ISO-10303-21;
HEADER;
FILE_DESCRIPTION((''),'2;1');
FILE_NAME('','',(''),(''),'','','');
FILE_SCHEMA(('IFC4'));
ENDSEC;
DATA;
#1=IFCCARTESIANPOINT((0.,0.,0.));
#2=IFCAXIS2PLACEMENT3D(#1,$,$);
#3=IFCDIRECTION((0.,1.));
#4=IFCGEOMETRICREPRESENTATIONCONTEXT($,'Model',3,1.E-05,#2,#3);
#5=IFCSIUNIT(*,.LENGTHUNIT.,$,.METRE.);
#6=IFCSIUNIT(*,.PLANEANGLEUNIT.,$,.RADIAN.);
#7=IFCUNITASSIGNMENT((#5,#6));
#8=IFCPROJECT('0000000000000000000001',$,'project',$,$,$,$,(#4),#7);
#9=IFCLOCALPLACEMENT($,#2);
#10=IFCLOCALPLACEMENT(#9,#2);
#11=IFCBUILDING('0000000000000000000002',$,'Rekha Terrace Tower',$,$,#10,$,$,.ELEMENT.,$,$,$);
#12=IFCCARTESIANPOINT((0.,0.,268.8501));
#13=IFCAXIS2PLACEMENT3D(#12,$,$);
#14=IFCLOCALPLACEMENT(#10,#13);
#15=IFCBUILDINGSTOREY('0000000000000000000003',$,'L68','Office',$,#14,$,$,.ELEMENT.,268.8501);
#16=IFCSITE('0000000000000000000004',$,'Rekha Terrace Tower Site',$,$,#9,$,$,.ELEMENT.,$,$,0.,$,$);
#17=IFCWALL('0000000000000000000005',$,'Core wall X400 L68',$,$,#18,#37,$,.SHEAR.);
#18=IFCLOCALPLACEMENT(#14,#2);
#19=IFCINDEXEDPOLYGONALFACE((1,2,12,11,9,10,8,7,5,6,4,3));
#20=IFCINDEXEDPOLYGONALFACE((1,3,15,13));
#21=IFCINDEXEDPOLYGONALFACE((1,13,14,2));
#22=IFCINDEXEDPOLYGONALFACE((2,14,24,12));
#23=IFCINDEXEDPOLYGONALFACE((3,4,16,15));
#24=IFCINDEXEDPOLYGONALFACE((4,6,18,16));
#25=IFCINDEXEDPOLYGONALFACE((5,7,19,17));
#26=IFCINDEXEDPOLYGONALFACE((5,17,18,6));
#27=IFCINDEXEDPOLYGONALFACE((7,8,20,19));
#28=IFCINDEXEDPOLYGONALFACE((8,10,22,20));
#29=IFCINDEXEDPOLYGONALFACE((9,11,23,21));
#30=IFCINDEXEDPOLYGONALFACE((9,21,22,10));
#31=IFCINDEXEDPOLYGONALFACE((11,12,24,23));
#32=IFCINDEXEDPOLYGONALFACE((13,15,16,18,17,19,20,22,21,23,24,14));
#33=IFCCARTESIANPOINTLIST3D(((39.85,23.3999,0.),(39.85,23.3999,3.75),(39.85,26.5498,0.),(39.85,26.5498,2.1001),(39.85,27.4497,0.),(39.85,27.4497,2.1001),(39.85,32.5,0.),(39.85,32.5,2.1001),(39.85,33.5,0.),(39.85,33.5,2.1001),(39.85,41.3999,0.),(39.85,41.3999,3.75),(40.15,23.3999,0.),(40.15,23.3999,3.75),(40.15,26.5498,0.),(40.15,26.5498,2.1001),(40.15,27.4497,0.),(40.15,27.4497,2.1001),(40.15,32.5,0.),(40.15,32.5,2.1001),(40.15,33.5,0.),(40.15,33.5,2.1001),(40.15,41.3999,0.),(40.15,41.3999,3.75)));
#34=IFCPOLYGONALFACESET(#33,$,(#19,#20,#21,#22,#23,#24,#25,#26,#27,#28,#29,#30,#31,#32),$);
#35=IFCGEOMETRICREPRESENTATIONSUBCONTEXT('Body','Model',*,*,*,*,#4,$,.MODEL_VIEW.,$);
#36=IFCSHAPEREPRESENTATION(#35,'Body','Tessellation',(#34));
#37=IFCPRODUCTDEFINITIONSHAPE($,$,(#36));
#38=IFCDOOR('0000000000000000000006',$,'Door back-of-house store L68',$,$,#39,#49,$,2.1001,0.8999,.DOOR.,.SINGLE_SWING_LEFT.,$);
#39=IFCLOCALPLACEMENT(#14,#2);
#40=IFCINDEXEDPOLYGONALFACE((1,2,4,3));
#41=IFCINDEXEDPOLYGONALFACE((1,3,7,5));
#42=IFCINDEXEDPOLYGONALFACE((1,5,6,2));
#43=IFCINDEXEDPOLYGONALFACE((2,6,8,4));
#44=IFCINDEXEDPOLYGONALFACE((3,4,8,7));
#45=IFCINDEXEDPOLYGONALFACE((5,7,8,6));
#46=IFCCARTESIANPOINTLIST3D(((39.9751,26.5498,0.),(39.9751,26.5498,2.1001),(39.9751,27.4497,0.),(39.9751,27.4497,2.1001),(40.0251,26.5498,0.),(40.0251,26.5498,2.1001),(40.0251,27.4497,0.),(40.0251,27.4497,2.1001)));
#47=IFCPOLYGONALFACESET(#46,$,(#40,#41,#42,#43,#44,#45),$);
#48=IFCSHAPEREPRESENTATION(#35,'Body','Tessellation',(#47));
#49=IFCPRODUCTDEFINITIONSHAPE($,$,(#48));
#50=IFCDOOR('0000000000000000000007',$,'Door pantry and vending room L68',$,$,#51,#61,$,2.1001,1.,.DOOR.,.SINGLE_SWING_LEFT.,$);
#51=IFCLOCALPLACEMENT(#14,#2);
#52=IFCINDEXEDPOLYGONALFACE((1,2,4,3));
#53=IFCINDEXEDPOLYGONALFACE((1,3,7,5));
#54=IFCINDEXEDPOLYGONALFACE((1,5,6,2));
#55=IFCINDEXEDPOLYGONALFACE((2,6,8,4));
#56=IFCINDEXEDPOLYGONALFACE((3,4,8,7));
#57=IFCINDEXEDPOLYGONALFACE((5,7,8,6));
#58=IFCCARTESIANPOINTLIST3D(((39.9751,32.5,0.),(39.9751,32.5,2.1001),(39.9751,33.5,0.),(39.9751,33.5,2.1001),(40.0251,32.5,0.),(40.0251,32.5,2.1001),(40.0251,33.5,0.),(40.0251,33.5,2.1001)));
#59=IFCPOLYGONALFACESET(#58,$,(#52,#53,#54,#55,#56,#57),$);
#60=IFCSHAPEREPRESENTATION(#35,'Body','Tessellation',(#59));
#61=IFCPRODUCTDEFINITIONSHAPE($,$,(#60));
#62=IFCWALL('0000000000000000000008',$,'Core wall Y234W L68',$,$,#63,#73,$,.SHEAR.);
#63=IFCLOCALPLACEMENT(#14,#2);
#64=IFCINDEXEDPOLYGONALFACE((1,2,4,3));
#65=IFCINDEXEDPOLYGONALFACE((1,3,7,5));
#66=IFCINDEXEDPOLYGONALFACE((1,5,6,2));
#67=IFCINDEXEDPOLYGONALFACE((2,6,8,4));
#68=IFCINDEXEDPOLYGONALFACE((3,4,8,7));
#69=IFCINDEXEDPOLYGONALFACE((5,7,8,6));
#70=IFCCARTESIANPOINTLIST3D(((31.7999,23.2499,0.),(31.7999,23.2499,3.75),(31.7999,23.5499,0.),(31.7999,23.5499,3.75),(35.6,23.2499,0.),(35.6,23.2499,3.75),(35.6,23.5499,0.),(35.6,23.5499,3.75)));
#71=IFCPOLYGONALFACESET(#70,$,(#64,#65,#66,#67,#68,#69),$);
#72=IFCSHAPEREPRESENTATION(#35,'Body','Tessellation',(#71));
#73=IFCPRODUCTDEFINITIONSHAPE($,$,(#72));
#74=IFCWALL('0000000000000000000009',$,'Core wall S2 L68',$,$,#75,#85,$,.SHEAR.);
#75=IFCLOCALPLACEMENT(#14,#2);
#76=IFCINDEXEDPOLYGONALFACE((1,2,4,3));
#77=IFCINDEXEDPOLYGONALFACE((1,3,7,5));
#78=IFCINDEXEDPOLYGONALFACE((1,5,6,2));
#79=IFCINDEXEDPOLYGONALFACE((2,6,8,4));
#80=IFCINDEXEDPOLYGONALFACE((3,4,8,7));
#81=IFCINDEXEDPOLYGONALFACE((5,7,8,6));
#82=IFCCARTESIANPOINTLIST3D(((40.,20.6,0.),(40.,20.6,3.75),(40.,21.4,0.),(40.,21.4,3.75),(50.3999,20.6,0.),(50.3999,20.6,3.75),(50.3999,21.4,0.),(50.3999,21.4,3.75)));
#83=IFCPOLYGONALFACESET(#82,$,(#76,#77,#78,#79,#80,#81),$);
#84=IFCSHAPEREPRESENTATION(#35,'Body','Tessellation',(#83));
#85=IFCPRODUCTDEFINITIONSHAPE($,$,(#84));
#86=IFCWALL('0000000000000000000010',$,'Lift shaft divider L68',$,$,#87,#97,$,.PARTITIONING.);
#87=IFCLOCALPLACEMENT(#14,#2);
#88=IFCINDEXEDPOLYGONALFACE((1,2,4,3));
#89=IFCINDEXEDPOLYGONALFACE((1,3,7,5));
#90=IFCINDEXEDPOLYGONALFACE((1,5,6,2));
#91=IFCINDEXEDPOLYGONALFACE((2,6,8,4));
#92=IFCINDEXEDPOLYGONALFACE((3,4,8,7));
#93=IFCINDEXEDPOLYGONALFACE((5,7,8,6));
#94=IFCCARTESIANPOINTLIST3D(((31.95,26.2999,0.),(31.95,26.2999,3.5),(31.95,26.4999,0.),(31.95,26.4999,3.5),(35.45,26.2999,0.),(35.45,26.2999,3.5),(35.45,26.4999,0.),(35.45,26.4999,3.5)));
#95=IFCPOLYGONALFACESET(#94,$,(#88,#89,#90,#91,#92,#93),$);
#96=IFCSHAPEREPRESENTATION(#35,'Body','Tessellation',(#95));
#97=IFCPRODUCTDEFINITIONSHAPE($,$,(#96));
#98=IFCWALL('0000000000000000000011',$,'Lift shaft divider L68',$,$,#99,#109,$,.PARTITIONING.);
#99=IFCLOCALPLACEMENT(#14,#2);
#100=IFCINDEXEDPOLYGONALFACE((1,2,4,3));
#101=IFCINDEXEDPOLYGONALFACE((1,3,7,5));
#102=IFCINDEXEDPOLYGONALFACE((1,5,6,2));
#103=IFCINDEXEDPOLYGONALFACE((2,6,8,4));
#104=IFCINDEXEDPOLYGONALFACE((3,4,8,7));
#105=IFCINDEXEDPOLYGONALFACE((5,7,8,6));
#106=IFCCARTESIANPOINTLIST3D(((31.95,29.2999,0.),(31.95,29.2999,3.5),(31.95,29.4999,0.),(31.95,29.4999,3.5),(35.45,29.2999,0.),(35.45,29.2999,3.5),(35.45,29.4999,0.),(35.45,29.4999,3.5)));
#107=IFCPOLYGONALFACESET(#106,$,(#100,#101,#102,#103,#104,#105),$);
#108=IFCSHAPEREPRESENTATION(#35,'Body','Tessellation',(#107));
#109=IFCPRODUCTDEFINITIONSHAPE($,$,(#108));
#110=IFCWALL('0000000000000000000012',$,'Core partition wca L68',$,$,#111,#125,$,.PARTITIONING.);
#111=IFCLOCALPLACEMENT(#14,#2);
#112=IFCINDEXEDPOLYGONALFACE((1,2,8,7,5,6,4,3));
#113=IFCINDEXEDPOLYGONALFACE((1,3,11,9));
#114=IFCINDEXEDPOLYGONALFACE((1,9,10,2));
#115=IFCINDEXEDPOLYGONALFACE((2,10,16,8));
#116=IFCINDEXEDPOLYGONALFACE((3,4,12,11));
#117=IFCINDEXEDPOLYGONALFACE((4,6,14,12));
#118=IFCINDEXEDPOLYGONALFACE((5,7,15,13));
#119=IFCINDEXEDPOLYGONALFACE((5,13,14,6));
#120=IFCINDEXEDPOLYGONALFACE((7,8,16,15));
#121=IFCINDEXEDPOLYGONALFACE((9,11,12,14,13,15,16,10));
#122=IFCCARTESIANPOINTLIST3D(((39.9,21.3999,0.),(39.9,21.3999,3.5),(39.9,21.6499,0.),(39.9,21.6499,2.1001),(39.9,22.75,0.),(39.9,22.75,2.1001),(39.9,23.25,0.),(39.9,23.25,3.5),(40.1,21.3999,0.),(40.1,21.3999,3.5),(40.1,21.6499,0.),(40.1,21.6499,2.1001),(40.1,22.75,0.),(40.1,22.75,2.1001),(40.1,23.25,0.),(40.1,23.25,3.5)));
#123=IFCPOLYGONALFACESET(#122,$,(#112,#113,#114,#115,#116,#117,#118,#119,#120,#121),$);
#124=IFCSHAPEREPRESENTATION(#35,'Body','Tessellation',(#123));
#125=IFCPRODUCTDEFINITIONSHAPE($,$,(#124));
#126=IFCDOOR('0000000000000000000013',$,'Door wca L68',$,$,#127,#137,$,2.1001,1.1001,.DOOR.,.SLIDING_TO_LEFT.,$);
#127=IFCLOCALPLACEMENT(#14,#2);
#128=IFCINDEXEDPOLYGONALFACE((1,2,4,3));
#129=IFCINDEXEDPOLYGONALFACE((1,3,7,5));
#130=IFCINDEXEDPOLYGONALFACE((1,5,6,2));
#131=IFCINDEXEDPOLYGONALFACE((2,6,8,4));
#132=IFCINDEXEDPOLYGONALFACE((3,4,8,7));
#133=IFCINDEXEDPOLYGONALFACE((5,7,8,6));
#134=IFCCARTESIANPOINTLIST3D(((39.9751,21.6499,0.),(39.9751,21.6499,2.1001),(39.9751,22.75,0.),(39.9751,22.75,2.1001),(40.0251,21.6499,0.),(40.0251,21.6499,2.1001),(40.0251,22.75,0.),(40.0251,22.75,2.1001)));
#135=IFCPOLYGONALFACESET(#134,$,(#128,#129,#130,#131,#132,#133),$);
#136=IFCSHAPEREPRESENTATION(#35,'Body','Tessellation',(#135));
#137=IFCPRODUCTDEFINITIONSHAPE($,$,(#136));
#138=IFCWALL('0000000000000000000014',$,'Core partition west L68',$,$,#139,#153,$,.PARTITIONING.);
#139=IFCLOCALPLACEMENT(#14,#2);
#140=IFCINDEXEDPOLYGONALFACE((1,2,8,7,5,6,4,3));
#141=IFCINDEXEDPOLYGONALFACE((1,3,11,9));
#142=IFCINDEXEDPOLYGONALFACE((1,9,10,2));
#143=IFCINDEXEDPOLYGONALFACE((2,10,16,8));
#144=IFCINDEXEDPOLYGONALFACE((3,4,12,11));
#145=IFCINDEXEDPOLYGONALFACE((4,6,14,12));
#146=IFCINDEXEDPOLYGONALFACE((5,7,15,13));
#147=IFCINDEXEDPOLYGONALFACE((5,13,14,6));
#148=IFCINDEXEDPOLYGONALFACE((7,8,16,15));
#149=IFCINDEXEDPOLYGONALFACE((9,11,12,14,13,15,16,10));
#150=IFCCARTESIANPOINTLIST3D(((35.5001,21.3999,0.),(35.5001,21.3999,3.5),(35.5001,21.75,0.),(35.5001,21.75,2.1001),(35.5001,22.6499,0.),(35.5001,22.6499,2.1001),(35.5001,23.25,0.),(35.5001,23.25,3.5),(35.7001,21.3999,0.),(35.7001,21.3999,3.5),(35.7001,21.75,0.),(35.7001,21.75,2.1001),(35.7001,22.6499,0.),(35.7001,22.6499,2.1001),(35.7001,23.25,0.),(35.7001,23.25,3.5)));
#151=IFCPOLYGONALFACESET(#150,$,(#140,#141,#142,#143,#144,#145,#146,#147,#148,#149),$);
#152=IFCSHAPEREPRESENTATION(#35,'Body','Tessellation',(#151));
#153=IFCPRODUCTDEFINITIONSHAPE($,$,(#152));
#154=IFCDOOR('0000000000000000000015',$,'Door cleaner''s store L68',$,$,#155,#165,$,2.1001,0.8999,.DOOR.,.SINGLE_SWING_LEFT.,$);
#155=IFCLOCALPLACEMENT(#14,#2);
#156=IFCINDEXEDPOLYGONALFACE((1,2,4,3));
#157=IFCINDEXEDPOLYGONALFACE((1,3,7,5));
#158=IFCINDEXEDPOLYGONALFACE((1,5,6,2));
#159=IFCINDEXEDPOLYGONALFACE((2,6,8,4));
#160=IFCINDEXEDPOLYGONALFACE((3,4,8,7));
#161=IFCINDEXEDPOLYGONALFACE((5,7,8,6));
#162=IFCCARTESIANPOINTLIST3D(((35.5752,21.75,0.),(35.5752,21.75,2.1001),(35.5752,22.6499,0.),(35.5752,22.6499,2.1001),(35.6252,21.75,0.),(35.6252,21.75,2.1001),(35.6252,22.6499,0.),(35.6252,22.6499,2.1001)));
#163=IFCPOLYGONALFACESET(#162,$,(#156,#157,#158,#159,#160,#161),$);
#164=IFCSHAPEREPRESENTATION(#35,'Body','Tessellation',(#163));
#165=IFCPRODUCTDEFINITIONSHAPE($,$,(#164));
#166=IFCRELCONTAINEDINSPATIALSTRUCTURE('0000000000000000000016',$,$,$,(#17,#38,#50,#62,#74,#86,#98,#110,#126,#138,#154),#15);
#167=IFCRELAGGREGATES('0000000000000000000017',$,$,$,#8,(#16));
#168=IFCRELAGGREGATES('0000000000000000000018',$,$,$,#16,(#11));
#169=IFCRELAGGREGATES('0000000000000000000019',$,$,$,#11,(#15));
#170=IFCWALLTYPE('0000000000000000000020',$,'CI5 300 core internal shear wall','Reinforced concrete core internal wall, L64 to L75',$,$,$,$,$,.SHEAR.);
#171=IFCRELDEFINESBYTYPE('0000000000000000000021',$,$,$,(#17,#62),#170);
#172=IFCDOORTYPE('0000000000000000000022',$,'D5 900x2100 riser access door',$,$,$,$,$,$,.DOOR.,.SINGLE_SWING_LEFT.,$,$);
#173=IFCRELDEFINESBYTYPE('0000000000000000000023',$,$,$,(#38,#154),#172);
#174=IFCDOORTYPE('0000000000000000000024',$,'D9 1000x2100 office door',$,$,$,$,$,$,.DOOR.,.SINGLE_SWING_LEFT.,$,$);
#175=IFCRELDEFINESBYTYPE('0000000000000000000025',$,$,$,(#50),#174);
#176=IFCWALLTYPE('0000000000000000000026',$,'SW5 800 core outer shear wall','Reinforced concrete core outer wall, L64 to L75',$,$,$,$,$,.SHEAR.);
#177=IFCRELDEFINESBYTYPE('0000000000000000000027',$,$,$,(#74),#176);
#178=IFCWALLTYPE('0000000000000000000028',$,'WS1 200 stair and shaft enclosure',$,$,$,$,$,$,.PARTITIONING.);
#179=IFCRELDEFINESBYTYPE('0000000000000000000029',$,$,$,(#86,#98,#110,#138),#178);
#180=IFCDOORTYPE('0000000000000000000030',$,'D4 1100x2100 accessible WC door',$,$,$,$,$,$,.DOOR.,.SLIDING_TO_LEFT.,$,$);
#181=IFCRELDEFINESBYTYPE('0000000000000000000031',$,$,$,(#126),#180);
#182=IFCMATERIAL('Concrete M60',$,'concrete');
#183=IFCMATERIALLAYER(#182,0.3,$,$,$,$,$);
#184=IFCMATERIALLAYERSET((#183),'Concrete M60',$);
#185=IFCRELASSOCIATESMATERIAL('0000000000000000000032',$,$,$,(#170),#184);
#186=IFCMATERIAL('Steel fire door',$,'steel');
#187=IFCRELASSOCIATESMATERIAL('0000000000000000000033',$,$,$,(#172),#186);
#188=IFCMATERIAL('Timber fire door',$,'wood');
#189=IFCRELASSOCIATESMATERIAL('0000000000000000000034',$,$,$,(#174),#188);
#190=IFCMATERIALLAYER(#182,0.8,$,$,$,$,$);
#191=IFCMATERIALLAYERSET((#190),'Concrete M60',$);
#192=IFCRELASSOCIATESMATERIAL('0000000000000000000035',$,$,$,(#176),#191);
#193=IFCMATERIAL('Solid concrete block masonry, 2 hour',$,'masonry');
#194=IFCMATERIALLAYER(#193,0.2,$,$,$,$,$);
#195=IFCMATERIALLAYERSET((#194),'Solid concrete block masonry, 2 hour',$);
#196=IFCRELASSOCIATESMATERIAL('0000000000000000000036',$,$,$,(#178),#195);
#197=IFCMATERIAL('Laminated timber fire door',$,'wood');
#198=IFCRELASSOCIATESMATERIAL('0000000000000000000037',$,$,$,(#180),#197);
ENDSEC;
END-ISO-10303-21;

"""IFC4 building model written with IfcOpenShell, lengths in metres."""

from ifc_helpers import new_model, si_unit, direction, frame, frame_2d, origin, place, context, subcontext, project, spatial, rectangle, extrude, material, layer, layer_set, type_object, element, fill, save


model = new_model("IFC4")

# Units and contexts
model_context = context("Model", 3, precision=1e-05, world=origin(), true_north=direction((0.0, 1.0)))
body_context = subcontext(model_context, "Body", "Model", "MODEL_VIEW")
ifc_project = project(units=[si_unit("LENGTHUNIT", "METRE"), si_unit("PLANEANGLEUNIT", "RADIAN")], contexts=[model_context])

# Site, building, storey
site_placement = place(None, origin())
site = spatial("IfcSite", under=ifc_project, at=site_placement, Name="Rekha Terrace Tower Site", CompositionType="ELEMENT", RefElevation=0.0)
building_placement = place(site_placement, origin())
building = spatial("IfcBuilding", under=site, at=building_placement, Name="Rekha Terrace Tower", CompositionType="ELEMENT")
storey_placement = place(building_placement, frame((0.0, 0.0, 268.8501)))
storey = spatial("IfcBuildingStorey", under=building, at=storey_placement, Name="L68", Description="Office", CompositionType="ELEMENT", Elevation=268.8501)

# Shared definitions
ifc_material_1 = material(Name="Concrete M60", Category="concrete")

# Wall, openings, doors
ifc_layer_1 = layer(ifc_material_1, 0.3)
ifc_layer_set_1 = layer_set([ifc_layer_1], Name="Concrete M60")
wall_type_1 = type_object("IfcWallType", Name="CI5 300 core internal shear wall", Description="Reinforced concrete core internal wall, L64 to L75", PredefinedType="SHEAR", material=ifc_layer_set_1)
wall_1_placement = place(storey_placement, frame((40.0, 23.3999, 0.0), z_axis=(0.0, 0.0, 1.0), x_axis=(0.0, 1.0, 0.0)))
wall_1 = element("IfcWall", 1, at=wall_1_placement, inside=storey, type_object=wall_type_1, Name="Core wall X400 L68", PredefinedType="SHEAR", context=body_context, shape_type="SweptSolid", body=[
    extrude(rectangle(XDim=18.0, YDim=0.3, at=frame_2d((9.0, 0.0))), origin(), (0.0, 0.0, 1.0), 3.75),
])
opening_1_placement = place(wall_1_placement, frame((3.1499, 0.0, 0.0)))
opening_1 = element("IfcOpeningElement", 2, at=opening_1_placement, cuts=wall_1, PredefinedType="OPENING", context=body_context, shape_type="SweptSolid", body=[
    extrude(rectangle(XDim=0.8999, YDim=2.1001, at=frame_2d((0.45, 1.05))), frame((0.0, 0.1599, 0.0), z_axis=(0.0, -1.0, 0.0), x_axis=(1.0, 0.0, 0.0)), (0.0, 0.0, 1.0), 0.3201),
])
opening_2_placement = place(wall_1_placement, frame((9.1001, 0.0, 0.0)))
opening_2 = element("IfcOpeningElement", 3, at=opening_2_placement, cuts=wall_1, PredefinedType="OPENING", context=body_context, shape_type="SweptSolid", body=[
    extrude(rectangle(XDim=1.0, YDim=2.1001, at=frame_2d((0.5, 1.05))), frame((0.0, 0.1599, 0.0), z_axis=(0.0, -1.0, 0.0), x_axis=(1.0, 0.0, 0.0)), (0.0, 0.0, 1.0), 0.3201),
])
ifc_material_2 = material(Name="Steel fire door", Category="steel")
door_type_1 = type_object("IfcDoorType", Name="D5 900x2100 riser access door", OperationType="SINGLE_SWING_LEFT", PredefinedType="DOOR", material=ifc_material_2)
door_1_placement = place(opening_1_placement, origin())
door_1 = element("IfcDoor", 4, at=door_1_placement, inside=storey, type_object=door_type_1, Name="Door back-of-house store L68", OperationType="SINGLE_SWING_LEFT", OverallHeight=2.1001, OverallWidth=0.8999, PredefinedType="DOOR", context=body_context, shape_type="SweptSolid", body=[
    extrude(rectangle(XDim=0.8999, YDim=2.1001, at=frame_2d((0.45, 1.05))), frame((0.0, 0.0249, 0.0), z_axis=(0.0, -1.0, 0.0), x_axis=(1.0, 0.0, 0.0)), (0.0, 0.0, 1.0), 0.05),
])
fill(opening_1, door_1)
ifc_material_3 = material(Name="Timber fire door", Category="wood")
door_type_2 = type_object("IfcDoorType", Name="D9 1000x2100 office door", OperationType="SINGLE_SWING_LEFT", PredefinedType="DOOR", material=ifc_material_3)
door_2_placement = place(opening_2_placement, origin())
door_2 = element("IfcDoor", 5, at=door_2_placement, inside=storey, type_object=door_type_2, Name="Door pantry and vending room L68", OperationType="SINGLE_SWING_LEFT", OverallHeight=2.1001, OverallWidth=1.0, PredefinedType="DOOR", context=body_context, shape_type="SweptSolid", body=[
    extrude(rectangle(XDim=1.0, YDim=2.1001, at=frame_2d((0.5, 1.05))), frame((0.0, 0.0249, 0.0), z_axis=(0.0, -1.0, 0.0), x_axis=(1.0, 0.0, 0.0)), (0.0, 0.0, 1.0), 0.05),
])
fill(opening_2, door_2)

# Walls
wall_2_placement = place(storey_placement, frame((31.8, 23.3999, 0.0), z_axis=(0.0, 0.0, 1.0), x_axis=(1.0, 0.0, 0.0)))
element("IfcWall", 6, at=wall_2_placement, inside=storey, type_object=wall_type_1, Name="Core wall Y234W L68", PredefinedType="SHEAR", context=body_context, shape_type="SweptSolid", body=[
    extrude(rectangle(XDim=3.8, YDim=0.3, at=frame_2d((1.8999, 0.0))), origin(), (0.0, 0.0, 1.0), 3.75),
])
ifc_layer_2 = layer(ifc_material_1, 0.8)
ifc_layer_set_2 = layer_set([ifc_layer_2], Name="Concrete M60")
wall_type_2 = type_object("IfcWallType", Name="SW5 800 core outer shear wall", Description="Reinforced concrete core outer wall, L64 to L75", PredefinedType="SHEAR", material=ifc_layer_set_2)
wall_3_placement = place(storey_placement, frame((40.0, 21.0, 0.0), z_axis=(0.0, 0.0, 1.0), x_axis=(1.0, 0.0, 0.0)))
element("IfcWall", 7, at=wall_3_placement, inside=storey, type_object=wall_type_2, Name="Core wall S2 L68", PredefinedType="SHEAR", context=body_context, shape_type="SweptSolid", body=[
    extrude(rectangle(XDim=10.3999, YDim=0.8, at=frame_2d((5.2, 0.0))), origin(), (0.0, 0.0, 1.0), 3.75),
])
ifc_material_4 = material(Name="Solid concrete block masonry, 2 hour", Category="masonry")
ifc_layer_3 = layer(ifc_material_4, 0.2)
ifc_layer_set_3 = layer_set([ifc_layer_3], Name="Solid concrete block masonry, 2 hour")
wall_type_3 = type_object("IfcWallType", Name="WS1 200 stair and shaft enclosure", PredefinedType="PARTITIONING", material=ifc_layer_set_3)
for number, where, z_axis, x_axis, name in (
    (8, (31.95, 26.3999, 0.0), (0.0, 0.0, 1.0), (1.0, 0.0, 0.0), "Lift shaft divider L68"),
    (9, (31.95, 29.3999, 0.0), (0.0, 0.0, 1.0), (1.0, 0.0, 0.0), "Lift shaft divider L68"),
):
    element("IfcWall", number, at=place(storey_placement, frame(where, z_axis=z_axis, x_axis=x_axis)), inside=storey, type_object=wall_type_3, Name=name, PredefinedType="PARTITIONING", context=body_context, shape_type="SweptSolid", body=[
        extrude(rectangle(XDim=3.5, YDim=0.2, at=frame_2d((1.75, 0.0))), origin(), (0.0, 0.0, 1.0), 3.5),
    ])

# Walls, openings, doors
wall_4_placement = place(storey_placement, frame((40.0, 21.3999, 0.0), z_axis=(0.0, 0.0, 1.0), x_axis=(0.0, 1.0, 0.0)))
wall_4 = element("IfcWall", 10, at=wall_4_placement, inside=storey, type_object=wall_type_3, Name="Core partition wca L68", PredefinedType="PARTITIONING", context=body_context, shape_type="SweptSolid", body=[
    extrude(rectangle(XDim=1.8501, YDim=0.2, at=frame_2d((0.925, 0.0))), origin(), (0.0, 0.0, 1.0), 3.5),
])
opening_3_placement = place(wall_4_placement, frame((0.25, 0.0, 0.0)))
opening_3 = element("IfcOpeningElement", 11, at=opening_3_placement, cuts=wall_4, PredefinedType="OPENING", context=body_context, shape_type="SweptSolid", body=[
    extrude(rectangle(XDim=1.1001, YDim=2.1001, at=frame_2d((0.55, 1.05))), frame((0.0, 0.1099, 0.0), z_axis=(0.0, -1.0, 0.0), x_axis=(1.0, 0.0, 0.0)), (0.0, 0.0, 1.0), 0.22),
])
ifc_material_5 = material(Name="Laminated timber fire door", Category="wood")
door_type_3 = type_object("IfcDoorType", Name="D4 1100x2100 accessible WC door", OperationType="SLIDING_TO_LEFT", PredefinedType="DOOR", material=ifc_material_5)
door_3_placement = place(opening_3_placement, origin())
door_3 = element("IfcDoor", 12, at=door_3_placement, inside=storey, type_object=door_type_3, Name="Door wca L68", OperationType="SLIDING_TO_LEFT", OverallHeight=2.1001, OverallWidth=1.1001, PredefinedType="DOOR", context=body_context, shape_type="SweptSolid", body=[
    extrude(rectangle(XDim=1.1001, YDim=2.1001, at=frame_2d((0.55, 1.05))), frame((0.0, 0.0249, 0.0), z_axis=(0.0, -1.0, 0.0), x_axis=(1.0, 0.0, 0.0)), (0.0, 0.0, 1.0), 0.05),
])
fill(opening_3, door_3)
wall_5_placement = place(storey_placement, frame((35.6001, 21.3999, 0.0), z_axis=(0.0, 0.0, 1.0), x_axis=(0.0, 1.0, 0.0)))
wall_5 = element("IfcWall", 13, at=wall_5_placement, inside=storey, type_object=wall_type_3, Name="Core partition west L68", PredefinedType="PARTITIONING", context=body_context, shape_type="SweptSolid", body=[
    extrude(rectangle(XDim=1.8501, YDim=0.2, at=frame_2d((0.925, 0.0))), origin(), (0.0, 0.0, 1.0), 3.5),
])
opening_4_placement = place(wall_5_placement, frame((0.3501, 0.0, 0.0)))
opening_4 = element("IfcOpeningElement", 14, at=opening_4_placement, cuts=wall_5, PredefinedType="OPENING", context=body_context, shape_type="SweptSolid", body=[
    extrude(rectangle(XDim=0.8999, YDim=2.1001, at=frame_2d((0.45, 1.05))), frame((0.0, 0.1099, 0.0), z_axis=(0.0, -1.0, 0.0), x_axis=(1.0, 0.0, 0.0)), (0.0, 0.0, 1.0), 0.22),
])
door_4_placement = place(opening_4_placement, origin())
door_4 = element("IfcDoor", 15, at=door_4_placement, inside=storey, type_object=door_type_1, Name="Door cleaner's store L68", OperationType="SINGLE_SWING_LEFT", OverallHeight=2.1001, OverallWidth=0.8999, PredefinedType="DOOR", context=body_context, shape_type="SweptSolid", body=[
    extrude(rectangle(XDim=0.8999, YDim=2.1001, at=frame_2d((0.45, 1.05))), frame((0.0, 0.0249, 0.0), z_axis=(0.0, -1.0, 0.0), x_axis=(1.0, 0.0, 0.0)), (0.0, 0.0, 1.0), 0.05),
])
fill(opening_4, door_4)

save(model, "model.ifc")
